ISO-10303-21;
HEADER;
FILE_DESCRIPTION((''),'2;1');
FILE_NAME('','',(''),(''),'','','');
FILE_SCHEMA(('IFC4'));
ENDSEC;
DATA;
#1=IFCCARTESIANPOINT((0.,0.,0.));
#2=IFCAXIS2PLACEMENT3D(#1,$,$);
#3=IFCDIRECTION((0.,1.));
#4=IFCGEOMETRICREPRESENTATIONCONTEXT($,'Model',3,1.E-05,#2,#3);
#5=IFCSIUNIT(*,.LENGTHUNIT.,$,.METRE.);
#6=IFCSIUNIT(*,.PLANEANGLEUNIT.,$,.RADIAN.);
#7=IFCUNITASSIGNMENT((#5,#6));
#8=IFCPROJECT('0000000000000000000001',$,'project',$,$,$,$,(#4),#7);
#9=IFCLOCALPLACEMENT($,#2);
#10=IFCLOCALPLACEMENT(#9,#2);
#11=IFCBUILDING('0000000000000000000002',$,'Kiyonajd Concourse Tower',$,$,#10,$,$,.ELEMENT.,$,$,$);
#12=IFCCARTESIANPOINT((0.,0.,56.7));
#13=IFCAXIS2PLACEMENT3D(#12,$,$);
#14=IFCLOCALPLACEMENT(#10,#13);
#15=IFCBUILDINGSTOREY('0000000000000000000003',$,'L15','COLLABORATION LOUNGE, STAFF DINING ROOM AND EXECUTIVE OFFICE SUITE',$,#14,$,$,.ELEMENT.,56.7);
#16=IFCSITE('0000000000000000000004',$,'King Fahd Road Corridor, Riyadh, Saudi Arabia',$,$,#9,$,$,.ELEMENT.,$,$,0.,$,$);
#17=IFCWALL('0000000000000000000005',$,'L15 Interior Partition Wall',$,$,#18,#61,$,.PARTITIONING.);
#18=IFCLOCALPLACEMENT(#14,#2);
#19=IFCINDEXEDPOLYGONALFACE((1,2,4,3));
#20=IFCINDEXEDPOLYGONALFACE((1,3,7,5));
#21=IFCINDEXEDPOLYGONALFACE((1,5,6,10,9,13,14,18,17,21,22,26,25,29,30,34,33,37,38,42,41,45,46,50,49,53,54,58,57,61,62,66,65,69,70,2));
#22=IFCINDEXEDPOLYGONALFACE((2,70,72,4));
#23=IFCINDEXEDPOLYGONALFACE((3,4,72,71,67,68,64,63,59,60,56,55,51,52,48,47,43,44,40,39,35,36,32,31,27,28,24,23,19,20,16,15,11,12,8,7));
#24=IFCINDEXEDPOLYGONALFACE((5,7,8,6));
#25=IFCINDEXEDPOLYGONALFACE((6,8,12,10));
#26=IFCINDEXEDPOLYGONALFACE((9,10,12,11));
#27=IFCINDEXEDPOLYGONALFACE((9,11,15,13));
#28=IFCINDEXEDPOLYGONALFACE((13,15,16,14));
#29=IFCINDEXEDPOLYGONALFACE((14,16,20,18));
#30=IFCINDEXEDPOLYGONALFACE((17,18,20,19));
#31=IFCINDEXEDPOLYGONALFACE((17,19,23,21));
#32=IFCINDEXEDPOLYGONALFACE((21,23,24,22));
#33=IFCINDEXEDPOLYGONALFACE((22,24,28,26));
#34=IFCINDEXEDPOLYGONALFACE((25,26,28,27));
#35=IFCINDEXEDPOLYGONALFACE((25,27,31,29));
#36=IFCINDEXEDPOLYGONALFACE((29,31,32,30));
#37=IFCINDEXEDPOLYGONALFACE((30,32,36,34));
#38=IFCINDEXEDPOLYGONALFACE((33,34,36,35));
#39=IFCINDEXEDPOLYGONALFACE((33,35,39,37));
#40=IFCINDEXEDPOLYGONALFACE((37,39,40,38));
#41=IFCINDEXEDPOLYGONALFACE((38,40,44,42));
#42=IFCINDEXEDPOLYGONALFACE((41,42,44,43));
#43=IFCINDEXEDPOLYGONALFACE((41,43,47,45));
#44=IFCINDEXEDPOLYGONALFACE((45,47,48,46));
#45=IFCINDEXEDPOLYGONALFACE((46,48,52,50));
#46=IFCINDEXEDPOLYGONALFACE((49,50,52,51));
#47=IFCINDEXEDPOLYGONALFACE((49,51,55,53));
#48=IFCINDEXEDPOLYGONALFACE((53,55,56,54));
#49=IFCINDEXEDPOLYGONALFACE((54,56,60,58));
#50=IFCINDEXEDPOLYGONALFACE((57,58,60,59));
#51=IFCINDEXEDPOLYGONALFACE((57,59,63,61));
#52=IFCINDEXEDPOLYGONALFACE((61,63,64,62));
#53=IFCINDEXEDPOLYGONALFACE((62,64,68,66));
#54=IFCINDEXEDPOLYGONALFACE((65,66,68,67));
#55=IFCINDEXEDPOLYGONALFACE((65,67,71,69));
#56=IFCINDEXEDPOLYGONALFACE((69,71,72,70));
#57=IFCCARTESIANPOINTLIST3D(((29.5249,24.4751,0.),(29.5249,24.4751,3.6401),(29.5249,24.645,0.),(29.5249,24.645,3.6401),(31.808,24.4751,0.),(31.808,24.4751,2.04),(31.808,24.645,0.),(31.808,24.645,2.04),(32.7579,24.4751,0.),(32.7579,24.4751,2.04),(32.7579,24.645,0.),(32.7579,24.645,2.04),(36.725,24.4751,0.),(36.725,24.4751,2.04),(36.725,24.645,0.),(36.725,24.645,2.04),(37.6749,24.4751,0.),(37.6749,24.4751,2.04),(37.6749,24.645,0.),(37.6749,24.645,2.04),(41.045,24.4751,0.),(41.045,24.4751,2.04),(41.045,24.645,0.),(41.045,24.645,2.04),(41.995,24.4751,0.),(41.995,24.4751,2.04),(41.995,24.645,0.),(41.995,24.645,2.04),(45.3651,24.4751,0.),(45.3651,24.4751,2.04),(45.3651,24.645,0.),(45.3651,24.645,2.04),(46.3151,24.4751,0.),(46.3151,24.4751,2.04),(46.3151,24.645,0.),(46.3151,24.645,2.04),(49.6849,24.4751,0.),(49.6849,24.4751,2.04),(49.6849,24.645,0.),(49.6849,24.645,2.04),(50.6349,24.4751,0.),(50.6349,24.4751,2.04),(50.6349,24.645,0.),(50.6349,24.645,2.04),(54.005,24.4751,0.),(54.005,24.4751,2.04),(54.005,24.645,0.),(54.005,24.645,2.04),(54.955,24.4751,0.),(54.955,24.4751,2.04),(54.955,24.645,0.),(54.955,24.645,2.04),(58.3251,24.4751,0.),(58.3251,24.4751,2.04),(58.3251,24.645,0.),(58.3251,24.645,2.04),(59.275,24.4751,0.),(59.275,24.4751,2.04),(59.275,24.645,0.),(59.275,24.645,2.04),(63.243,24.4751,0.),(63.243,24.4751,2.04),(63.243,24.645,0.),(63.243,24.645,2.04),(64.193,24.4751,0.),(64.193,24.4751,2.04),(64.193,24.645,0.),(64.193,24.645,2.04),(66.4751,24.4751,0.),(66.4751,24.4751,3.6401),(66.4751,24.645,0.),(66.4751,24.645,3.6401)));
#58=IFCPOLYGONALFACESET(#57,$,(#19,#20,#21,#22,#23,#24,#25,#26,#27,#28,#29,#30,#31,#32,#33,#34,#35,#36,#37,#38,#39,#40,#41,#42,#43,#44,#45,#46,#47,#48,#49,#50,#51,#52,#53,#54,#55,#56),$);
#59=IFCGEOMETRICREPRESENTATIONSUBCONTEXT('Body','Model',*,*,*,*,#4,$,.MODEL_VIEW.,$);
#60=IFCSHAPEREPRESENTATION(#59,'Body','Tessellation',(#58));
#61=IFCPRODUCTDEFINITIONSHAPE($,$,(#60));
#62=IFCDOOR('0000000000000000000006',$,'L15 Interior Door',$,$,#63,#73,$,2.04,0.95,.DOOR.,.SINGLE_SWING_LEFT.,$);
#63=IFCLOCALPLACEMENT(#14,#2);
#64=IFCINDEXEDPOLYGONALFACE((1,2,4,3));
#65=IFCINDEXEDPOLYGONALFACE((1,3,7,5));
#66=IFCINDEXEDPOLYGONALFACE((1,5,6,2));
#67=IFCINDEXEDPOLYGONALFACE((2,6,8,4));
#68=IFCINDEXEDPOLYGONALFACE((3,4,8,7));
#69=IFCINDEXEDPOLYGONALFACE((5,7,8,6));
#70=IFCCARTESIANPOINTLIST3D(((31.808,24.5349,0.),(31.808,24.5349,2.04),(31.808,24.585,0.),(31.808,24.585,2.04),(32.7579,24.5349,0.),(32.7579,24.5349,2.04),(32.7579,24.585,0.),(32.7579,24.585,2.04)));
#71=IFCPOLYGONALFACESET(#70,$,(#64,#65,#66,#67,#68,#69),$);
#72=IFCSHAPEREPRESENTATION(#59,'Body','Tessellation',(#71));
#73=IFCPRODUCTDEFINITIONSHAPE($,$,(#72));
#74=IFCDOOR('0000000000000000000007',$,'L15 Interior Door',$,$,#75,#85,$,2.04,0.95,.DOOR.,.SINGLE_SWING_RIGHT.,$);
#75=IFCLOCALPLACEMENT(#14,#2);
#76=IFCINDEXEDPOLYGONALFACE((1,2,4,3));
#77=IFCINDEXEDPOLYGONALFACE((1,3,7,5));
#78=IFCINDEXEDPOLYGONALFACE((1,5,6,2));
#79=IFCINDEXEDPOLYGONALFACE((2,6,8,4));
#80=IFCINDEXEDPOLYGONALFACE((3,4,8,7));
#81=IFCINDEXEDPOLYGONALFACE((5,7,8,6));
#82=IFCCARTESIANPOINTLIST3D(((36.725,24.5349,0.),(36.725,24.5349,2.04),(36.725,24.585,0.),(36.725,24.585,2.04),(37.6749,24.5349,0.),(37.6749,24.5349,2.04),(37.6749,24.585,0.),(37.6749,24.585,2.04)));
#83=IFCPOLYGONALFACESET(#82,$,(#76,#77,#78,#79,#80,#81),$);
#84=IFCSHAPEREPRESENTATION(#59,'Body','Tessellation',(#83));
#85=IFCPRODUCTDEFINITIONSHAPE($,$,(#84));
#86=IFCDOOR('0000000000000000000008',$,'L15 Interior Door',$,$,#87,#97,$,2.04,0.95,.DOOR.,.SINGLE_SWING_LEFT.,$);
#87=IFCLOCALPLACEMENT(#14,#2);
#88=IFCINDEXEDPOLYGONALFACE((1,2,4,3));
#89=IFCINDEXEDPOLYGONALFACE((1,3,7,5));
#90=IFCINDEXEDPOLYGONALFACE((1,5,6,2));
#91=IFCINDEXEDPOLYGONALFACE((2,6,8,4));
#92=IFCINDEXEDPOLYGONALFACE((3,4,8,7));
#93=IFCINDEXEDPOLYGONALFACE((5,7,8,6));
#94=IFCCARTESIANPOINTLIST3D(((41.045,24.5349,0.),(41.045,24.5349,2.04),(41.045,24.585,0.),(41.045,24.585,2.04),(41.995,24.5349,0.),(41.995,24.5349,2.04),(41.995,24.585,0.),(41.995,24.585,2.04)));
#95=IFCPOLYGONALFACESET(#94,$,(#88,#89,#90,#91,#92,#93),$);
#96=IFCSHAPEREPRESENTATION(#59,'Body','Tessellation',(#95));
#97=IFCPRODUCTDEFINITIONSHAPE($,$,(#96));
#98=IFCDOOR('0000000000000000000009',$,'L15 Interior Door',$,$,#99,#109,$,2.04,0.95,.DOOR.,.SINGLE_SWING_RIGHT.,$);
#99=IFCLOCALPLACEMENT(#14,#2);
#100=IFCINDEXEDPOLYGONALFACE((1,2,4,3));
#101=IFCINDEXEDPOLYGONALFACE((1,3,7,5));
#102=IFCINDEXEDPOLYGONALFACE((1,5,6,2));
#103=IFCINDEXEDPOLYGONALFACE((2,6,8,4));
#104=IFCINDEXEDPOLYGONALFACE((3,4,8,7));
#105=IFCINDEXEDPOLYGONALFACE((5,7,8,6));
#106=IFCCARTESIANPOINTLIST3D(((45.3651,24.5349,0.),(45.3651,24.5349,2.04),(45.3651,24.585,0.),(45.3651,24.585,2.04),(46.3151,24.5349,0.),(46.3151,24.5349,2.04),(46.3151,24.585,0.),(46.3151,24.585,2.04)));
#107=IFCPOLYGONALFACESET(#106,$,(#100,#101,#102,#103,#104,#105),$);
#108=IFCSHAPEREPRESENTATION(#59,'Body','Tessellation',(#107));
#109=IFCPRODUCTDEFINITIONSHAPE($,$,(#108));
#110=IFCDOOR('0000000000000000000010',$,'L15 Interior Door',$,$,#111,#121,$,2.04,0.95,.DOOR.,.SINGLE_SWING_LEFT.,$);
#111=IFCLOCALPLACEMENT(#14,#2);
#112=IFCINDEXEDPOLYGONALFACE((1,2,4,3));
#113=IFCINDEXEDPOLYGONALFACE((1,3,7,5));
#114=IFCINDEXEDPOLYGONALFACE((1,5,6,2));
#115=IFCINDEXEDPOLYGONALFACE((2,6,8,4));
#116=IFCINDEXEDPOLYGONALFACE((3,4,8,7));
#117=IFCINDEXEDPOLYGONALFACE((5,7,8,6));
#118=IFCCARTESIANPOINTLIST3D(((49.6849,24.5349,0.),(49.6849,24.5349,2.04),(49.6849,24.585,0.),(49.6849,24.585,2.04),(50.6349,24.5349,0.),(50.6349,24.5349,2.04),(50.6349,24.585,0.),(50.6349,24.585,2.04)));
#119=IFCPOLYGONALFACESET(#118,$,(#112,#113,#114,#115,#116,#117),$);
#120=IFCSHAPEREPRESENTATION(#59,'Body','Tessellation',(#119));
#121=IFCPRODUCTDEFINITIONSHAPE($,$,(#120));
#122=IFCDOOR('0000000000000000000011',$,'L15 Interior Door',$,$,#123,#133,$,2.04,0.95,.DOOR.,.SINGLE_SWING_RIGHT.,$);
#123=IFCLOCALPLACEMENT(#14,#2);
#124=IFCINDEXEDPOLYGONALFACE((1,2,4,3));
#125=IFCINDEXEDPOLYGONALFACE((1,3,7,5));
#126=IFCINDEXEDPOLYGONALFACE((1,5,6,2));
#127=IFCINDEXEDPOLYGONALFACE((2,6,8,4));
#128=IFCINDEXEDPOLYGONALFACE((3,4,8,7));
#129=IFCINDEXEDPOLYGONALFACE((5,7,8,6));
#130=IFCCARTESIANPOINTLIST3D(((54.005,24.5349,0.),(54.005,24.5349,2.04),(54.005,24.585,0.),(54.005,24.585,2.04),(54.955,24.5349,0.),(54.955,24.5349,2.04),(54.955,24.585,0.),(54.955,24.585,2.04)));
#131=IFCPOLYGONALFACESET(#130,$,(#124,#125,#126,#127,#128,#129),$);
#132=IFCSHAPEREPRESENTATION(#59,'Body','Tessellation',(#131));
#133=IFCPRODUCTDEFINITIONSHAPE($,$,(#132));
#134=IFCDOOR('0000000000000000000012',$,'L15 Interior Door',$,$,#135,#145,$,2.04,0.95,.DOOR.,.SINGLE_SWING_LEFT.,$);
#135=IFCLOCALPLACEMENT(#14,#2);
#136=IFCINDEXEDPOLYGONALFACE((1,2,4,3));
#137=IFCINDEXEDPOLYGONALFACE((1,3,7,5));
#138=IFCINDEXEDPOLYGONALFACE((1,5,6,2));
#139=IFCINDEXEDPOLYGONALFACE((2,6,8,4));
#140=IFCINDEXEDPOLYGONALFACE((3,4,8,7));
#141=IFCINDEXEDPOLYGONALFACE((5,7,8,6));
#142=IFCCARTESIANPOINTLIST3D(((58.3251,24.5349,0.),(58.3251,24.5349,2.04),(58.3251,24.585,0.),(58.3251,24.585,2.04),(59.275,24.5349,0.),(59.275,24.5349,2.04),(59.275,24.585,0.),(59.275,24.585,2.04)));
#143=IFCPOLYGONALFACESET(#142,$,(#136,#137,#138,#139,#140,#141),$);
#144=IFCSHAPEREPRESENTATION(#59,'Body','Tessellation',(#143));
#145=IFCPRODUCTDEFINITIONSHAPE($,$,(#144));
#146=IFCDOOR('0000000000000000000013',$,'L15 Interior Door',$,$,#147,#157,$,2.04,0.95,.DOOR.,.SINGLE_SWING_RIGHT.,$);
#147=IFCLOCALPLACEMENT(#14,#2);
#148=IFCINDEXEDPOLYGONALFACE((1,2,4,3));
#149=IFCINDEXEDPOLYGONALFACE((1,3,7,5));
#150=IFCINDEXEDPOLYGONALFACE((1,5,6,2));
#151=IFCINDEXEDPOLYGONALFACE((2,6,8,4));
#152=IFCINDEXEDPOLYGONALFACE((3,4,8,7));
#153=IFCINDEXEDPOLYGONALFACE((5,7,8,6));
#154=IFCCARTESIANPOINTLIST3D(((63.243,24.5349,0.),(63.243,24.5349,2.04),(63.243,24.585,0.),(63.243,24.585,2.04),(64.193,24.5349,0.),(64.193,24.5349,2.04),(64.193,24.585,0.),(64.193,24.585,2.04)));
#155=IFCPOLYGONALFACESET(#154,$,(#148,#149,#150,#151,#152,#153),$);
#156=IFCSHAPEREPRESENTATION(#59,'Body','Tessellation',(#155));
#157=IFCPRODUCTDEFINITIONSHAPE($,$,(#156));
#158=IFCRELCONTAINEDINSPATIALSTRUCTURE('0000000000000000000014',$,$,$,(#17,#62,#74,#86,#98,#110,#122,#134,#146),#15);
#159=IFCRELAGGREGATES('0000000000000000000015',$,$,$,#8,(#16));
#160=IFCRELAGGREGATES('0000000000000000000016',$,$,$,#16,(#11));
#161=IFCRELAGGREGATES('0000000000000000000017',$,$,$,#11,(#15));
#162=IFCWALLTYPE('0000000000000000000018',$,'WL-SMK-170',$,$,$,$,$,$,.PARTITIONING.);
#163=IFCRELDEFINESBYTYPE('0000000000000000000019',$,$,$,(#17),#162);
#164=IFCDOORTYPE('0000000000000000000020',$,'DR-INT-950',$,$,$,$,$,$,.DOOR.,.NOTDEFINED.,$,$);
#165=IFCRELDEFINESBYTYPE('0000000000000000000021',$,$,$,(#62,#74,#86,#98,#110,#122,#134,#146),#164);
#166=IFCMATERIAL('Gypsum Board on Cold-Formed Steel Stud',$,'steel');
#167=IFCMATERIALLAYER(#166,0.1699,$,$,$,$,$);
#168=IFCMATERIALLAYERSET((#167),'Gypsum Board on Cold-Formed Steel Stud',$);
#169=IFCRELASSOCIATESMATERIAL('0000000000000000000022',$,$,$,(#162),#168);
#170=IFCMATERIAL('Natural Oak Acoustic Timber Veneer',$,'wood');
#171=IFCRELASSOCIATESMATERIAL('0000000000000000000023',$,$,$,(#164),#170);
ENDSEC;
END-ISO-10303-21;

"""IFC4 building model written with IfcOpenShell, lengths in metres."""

from ifc_helpers import new_model, si_unit, direction, frame, frame_2d, origin, place, context, subcontext, project, spatial, rectangle, extrude, material, layer, layer_set, type_object, element, fill, save


model = new_model("IFC4")

# Units and contexts
model_context = context("Model", 3, precision=1e-05, world=origin(), true_north=direction((0.0, 1.0)))
body_context = subcontext(model_context, "Body", "Model", "MODEL_VIEW")
ifc_project = project(units=[si_unit("LENGTHUNIT", "METRE"), si_unit("PLANEANGLEUNIT", "RADIAN")], contexts=[model_context])

# Site, building, storey
site_placement = place(None, origin())
site = spatial("IfcSite", under=ifc_project, at=site_placement, Name="King Fahd Road Corridor, Riyadh, Saudi Arabia", CompositionType="ELEMENT", RefElevation=0.0)
building_placement = place(site_placement, origin())
building = spatial("IfcBuilding", under=site, at=building_placement, Name="Kiyonajd Concourse Tower", CompositionType="ELEMENT")
storey_placement = place(building_placement, frame((0.0, 0.0, 56.7)))
storey = spatial("IfcBuildingStorey", under=building, at=storey_placement, Name="L15", Description="COLLABORATION LOUNGE, STAFF DINING ROOM AND EXECUTIVE OFFICE SUITE", CompositionType="ELEMENT", Elevation=56.7)

# Wall, openings, doors
ifc_material_1 = material(Name="Gypsum Board on Cold-Formed Steel Stud", Category="steel")
ifc_layer_1 = layer(ifc_material_1, 0.1699)
ifc_layer_set_1 = layer_set([ifc_layer_1], Name="Gypsum Board on Cold-Formed Steel Stud")
wall_type_1 = type_object("IfcWallType", Name="WL-SMK-170", PredefinedType="PARTITIONING", material=ifc_layer_set_1)
wall_1_placement = place(storey_placement, frame((29.5249, 24.5601, 0.0), z_axis=(0.0, 0.0, 1.0), x_axis=(1.0, 0.0, 0.0)))
wall_1 = element("IfcWall", 1, at=wall_1_placement, inside=storey, type_object=wall_type_1, Name="L15 Interior Partition Wall", PredefinedType="PARTITIONING", context=body_context, shape_type="SweptSolid", body=[
    extrude(rectangle(XDim=36.9502, YDim=0.1699, at=frame_2d((18.4751, 0.0))), origin(), (0.0, 0.0, 1.0), 3.6401),
])
opening_1_placement = place(wall_1_placement, frame((2.283, 0.0, 0.0)))
opening_1 = element("IfcOpeningElement", 2, at=opening_1_placement, cuts=wall_1, PredefinedType="OPENING", context=body_context, shape_type="SweptSolid", body=[
    extrude(rectangle(XDim=0.95, YDim=2.04, at=frame_2d((0.4751, 1.02))), frame((0.0, 0.095, 0.0), z_axis=(0.0, -1.0, 0.0), x_axis=(1.0, 0.0, 0.0)), (0.0, 0.0, 1.0), 0.1899),
])
opening_2_placement = place(wall_1_placement, frame((7.2, 0.0, 0.0)))
opening_2 = element("IfcOpeningElement", 3, at=opening_2_placement, cuts=wall_1, PredefinedType="OPENING", context=body_context, shape_type="SweptSolid", body=[
    extrude(rectangle(XDim=0.95, YDim=2.04, at=frame_2d((0.4751, 1.02))), frame((0.0, 0.095, 0.0), z_axis=(0.0, -1.0, 0.0), x_axis=(1.0, 0.0, 0.0)), (0.0, 0.0, 1.0), 0.1899),
])
opening_3_placement = place(wall_1_placement, frame((11.52, 0.0, 0.0)))
opening_3 = element("IfcOpeningElement", 4, at=opening_3_placement, cuts=wall_1, PredefinedType="OPENING", context=body_context, shape_type="SweptSolid", body=[
    extrude(rectangle(XDim=0.95, YDim=2.04, at=frame_2d((0.4751, 1.02))), frame((0.0, 0.095, 0.0), z_axis=(0.0, -1.0, 0.0), x_axis=(1.0, 0.0, 0.0)), (0.0, 0.0, 1.0), 0.1899),
])
opening_4_placement = place(wall_1_placement, frame((15.8401, 0.0, 0.0)))
opening_4 = element("IfcOpeningElement", 5, at=opening_4_placement, cuts=wall_1, PredefinedType="OPENING", context=body_context, shape_type="SweptSolid", body=[
    extrude(rectangle(XDim=0.95, YDim=2.04, at=frame_2d((0.4751, 1.02))), frame((0.0, 0.095, 0.0), z_axis=(0.0, -1.0, 0.0), x_axis=(1.0, 0.0, 0.0)), (0.0, 0.0, 1.0), 0.1899),
])
opening_5_placement = place(wall_1_placement, frame((20.1599, 0.0, 0.0)))
opening_5 = element("IfcOpeningElement", 6, at=opening_5_placement, cuts=wall_1, PredefinedType="OPENING", context=body_context, shape_type="SweptSolid", body=[
    extrude(rectangle(XDim=0.95, YDim=2.04, at=frame_2d((0.4751, 1.02))), frame((0.0, 0.095, 0.0), z_axis=(0.0, -1.0, 0.0), x_axis=(1.0, 0.0, 0.0)), (0.0, 0.0, 1.0), 0.1899),
])
opening_6_placement = place(wall_1_placement, frame((24.48, 0.0, 0.0)))
opening_6 = element("IfcOpeningElement", 7, at=opening_6_placement, cuts=wall_1, PredefinedType="OPENING", context=body_context, shape_type="SweptSolid", body=[
    extrude(rectangle(XDim=0.95, YDim=2.04, at=frame_2d((0.4751, 1.02))), frame((0.0, 0.095, 0.0), z_axis=(0.0, -1.0, 0.0), x_axis=(1.0, 0.0, 0.0)), (0.0, 0.0, 1.0), 0.1899),
])
opening_7_placement = place(wall_1_placement, frame((28.8, 0.0, 0.0)))
opening_7 = element("IfcOpeningElement", 8, at=opening_7_placement, cuts=wall_1, PredefinedType="OPENING", context=body_context, shape_type="SweptSolid", body=[
    extrude(rectangle(XDim=0.95, YDim=2.04, at=frame_2d((0.4751, 1.02))), frame((0.0, 0.095, 0.0), z_axis=(0.0, -1.0, 0.0), x_axis=(1.0, 0.0, 0.0)), (0.0, 0.0, 1.0), 0.1899),
])
opening_8_placement = place(wall_1_placement, frame((33.718, 0.0, 0.0)))
opening_8 = element("IfcOpeningElement", 9, at=opening_8_placement, cuts=wall_1, PredefinedType="OPENING", context=body_context, shape_type="SweptSolid", body=[
    extrude(rectangle(XDim=0.95, YDim=2.04, at=frame_2d((0.4751, 1.02))), frame((0.0, 0.095, 0.0), z_axis=(0.0, -1.0, 0.0), x_axis=(1.0, 0.0, 0.0)), (0.0, 0.0, 1.0), 0.1899),
])
ifc_material_2 = material(Name="Natural Oak Acoustic Timber Veneer", Category="wood")
door_type_1 = type_object("IfcDoorType", Name="DR-INT-950", OperationType="NOTDEFINED", PredefinedType="DOOR", material=ifc_material_2)
door_1_placement = place(opening_1_placement, origin())
door_1 = element("IfcDoor", 10, at=door_1_placement, inside=storey, type_object=door_type_1, Name="L15 Interior Door", OperationType="SINGLE_SWING_LEFT", OverallHeight=2.04, OverallWidth=0.95, PredefinedType="DOOR", context=body_context, shape_type="SweptSolid", body=[
    extrude(rectangle(XDim=0.95, YDim=2.04, at=frame_2d((0.4751, 1.02))), frame((0.0, 0.0249, 0.0), z_axis=(0.0, -1.0, 0.0), x_axis=(1.0, 0.0, 0.0)), (0.0, 0.0, 1.0), 0.05),
])
fill(opening_1, door_1)
door_2_placement = place(opening_2_placement, origin())
door_2 = element("IfcDoor", 11, at=door_2_placement, inside=storey, type_object=door_type_1, Name="L15 Interior Door", OperationType="SINGLE_SWING_RIGHT", OverallHeight=2.04, OverallWidth=0.95, PredefinedType="DOOR", context=body_context, shape_type="SweptSolid", body=[
    extrude(rectangle(XDim=0.95, YDim=2.04, at=frame_2d((0.4751, 1.02))), frame((0.0, 0.0249, 0.0), z_axis=(0.0, -1.0, 0.0), x_axis=(1.0, 0.0, 0.0)), (0.0, 0.0, 1.0), 0.05),
])
fill(opening_2, door_2)
door_3_placement = place(opening_3_placement, origin())
door_3 = element("IfcDoor", 12, at=door_3_placement, inside=storey, type_object=door_type_1, Name="L15 Interior Door", OperationType="SINGLE_SWING_LEFT", OverallHeight=2.04, OverallWidth=0.95, PredefinedType="DOOR", context=body_context, shape_type="SweptSolid", body=[
    extrude(rectangle(XDim=0.95, YDim=2.04, at=frame_2d((0.4751, 1.02))), frame((0.0, 0.0249, 0.0), z_axis=(0.0, -1.0, 0.0), x_axis=(1.0, 0.0, 0.0)), (0.0, 0.0, 1.0), 0.05),
])
fill(opening_3, door_3)
door_4_placement = place(opening_4_placement, origin())
door_4 = element("IfcDoor", 13, at=door_4_placement, inside=storey, type_object=door_type_1, Name="L15 Interior Door", OperationType="SINGLE_SWING_RIGHT", OverallHeight=2.04, OverallWidth=0.95, PredefinedType="DOOR", context=body_context, shape_type="SweptSolid", body=[
    extrude(rectangle(XDim=0.95, YDim=2.04, at=frame_2d((0.4751, 1.02))), frame((0.0, 0.0249, 0.0), z_axis=(0.0, -1.0, 0.0), x_axis=(1.0, 0.0, 0.0)), (0.0, 0.0, 1.0), 0.05),
])
fill(opening_4, door_4)
door_5_placement = place(opening_5_placement, origin())
door_5 = element("IfcDoor", 14, at=door_5_placement, inside=storey, type_object=door_type_1, Name="L15 Interior Door", OperationType="SINGLE_SWING_LEFT", OverallHeight=2.04, OverallWidth=0.95, PredefinedType="DOOR", context=body_context, shape_type="SweptSolid", body=[
    extrude(rectangle(XDim=0.95, YDim=2.04, at=frame_2d((0.4751, 1.02))), frame((0.0, 0.0249, 0.0), z_axis=(0.0, -1.0, 0.0), x_axis=(1.0, 0.0, 0.0)), (0.0, 0.0, 1.0), 0.05),
])
fill(opening_5, door_5)
door_6_placement = place(opening_6_placement, origin())
door_6 = element("IfcDoor", 15, at=door_6_placement, inside=storey, type_object=door_type_1, Name="L15 Interior Door", OperationType="SINGLE_SWING_RIGHT", OverallHeight=2.04, OverallWidth=0.95, PredefinedType="DOOR", context=body_context, shape_type="SweptSolid", body=[
    extrude(rectangle(XDim=0.95, YDim=2.04, at=frame_2d((0.4751, 1.02))), frame((0.0, 0.0249, 0.0), z_axis=(0.0, -1.0, 0.0), x_axis=(1.0, 0.0, 0.0)), (0.0, 0.0, 1.0), 0.05),
])
fill(opening_6, door_6)
door_7_placement = place(opening_7_placement, origin())
door_7 = element("IfcDoor", 16, at=door_7_placement, inside=storey, type_object=door_type_1, Name="L15 Interior Door", OperationType="SINGLE_SWING_LEFT", OverallHeight=2.04, OverallWidth=0.95, PredefinedType="DOOR", context=body_context, shape_type="SweptSolid", body=[
    extrude(rectangle(XDim=0.95, YDim=2.04, at=frame_2d((0.4751, 1.02))), frame((0.0, 0.0249, 0.0), z_axis=(0.0, -1.0, 0.0), x_axis=(1.0, 0.0, 0.0)), (0.0, 0.0, 1.0), 0.05),
])
fill(opening_7, door_7)
door_8_placement = place(opening_8_placement, origin())
door_8 = element("IfcDoor", 17, at=door_8_placement, inside=storey, type_object=door_type_1, Name="L15 Interior Door", OperationType="SINGLE_SWING_RIGHT", OverallHeight=2.04, OverallWidth=0.95, PredefinedType="DOOR", context=body_context, shape_type="SweptSolid", body=[
    extrude(rectangle(XDim=0.95, YDim=2.04, at=frame_2d((0.4751, 1.02))), frame((0.0, 0.0249, 0.0), z_axis=(0.0, -1.0, 0.0), x_axis=(1.0, 0.0, 0.0)), (0.0, 0.0, 1.0), 0.05),
])
fill(opening_8, door_8)

save(model, "model.ifc")
